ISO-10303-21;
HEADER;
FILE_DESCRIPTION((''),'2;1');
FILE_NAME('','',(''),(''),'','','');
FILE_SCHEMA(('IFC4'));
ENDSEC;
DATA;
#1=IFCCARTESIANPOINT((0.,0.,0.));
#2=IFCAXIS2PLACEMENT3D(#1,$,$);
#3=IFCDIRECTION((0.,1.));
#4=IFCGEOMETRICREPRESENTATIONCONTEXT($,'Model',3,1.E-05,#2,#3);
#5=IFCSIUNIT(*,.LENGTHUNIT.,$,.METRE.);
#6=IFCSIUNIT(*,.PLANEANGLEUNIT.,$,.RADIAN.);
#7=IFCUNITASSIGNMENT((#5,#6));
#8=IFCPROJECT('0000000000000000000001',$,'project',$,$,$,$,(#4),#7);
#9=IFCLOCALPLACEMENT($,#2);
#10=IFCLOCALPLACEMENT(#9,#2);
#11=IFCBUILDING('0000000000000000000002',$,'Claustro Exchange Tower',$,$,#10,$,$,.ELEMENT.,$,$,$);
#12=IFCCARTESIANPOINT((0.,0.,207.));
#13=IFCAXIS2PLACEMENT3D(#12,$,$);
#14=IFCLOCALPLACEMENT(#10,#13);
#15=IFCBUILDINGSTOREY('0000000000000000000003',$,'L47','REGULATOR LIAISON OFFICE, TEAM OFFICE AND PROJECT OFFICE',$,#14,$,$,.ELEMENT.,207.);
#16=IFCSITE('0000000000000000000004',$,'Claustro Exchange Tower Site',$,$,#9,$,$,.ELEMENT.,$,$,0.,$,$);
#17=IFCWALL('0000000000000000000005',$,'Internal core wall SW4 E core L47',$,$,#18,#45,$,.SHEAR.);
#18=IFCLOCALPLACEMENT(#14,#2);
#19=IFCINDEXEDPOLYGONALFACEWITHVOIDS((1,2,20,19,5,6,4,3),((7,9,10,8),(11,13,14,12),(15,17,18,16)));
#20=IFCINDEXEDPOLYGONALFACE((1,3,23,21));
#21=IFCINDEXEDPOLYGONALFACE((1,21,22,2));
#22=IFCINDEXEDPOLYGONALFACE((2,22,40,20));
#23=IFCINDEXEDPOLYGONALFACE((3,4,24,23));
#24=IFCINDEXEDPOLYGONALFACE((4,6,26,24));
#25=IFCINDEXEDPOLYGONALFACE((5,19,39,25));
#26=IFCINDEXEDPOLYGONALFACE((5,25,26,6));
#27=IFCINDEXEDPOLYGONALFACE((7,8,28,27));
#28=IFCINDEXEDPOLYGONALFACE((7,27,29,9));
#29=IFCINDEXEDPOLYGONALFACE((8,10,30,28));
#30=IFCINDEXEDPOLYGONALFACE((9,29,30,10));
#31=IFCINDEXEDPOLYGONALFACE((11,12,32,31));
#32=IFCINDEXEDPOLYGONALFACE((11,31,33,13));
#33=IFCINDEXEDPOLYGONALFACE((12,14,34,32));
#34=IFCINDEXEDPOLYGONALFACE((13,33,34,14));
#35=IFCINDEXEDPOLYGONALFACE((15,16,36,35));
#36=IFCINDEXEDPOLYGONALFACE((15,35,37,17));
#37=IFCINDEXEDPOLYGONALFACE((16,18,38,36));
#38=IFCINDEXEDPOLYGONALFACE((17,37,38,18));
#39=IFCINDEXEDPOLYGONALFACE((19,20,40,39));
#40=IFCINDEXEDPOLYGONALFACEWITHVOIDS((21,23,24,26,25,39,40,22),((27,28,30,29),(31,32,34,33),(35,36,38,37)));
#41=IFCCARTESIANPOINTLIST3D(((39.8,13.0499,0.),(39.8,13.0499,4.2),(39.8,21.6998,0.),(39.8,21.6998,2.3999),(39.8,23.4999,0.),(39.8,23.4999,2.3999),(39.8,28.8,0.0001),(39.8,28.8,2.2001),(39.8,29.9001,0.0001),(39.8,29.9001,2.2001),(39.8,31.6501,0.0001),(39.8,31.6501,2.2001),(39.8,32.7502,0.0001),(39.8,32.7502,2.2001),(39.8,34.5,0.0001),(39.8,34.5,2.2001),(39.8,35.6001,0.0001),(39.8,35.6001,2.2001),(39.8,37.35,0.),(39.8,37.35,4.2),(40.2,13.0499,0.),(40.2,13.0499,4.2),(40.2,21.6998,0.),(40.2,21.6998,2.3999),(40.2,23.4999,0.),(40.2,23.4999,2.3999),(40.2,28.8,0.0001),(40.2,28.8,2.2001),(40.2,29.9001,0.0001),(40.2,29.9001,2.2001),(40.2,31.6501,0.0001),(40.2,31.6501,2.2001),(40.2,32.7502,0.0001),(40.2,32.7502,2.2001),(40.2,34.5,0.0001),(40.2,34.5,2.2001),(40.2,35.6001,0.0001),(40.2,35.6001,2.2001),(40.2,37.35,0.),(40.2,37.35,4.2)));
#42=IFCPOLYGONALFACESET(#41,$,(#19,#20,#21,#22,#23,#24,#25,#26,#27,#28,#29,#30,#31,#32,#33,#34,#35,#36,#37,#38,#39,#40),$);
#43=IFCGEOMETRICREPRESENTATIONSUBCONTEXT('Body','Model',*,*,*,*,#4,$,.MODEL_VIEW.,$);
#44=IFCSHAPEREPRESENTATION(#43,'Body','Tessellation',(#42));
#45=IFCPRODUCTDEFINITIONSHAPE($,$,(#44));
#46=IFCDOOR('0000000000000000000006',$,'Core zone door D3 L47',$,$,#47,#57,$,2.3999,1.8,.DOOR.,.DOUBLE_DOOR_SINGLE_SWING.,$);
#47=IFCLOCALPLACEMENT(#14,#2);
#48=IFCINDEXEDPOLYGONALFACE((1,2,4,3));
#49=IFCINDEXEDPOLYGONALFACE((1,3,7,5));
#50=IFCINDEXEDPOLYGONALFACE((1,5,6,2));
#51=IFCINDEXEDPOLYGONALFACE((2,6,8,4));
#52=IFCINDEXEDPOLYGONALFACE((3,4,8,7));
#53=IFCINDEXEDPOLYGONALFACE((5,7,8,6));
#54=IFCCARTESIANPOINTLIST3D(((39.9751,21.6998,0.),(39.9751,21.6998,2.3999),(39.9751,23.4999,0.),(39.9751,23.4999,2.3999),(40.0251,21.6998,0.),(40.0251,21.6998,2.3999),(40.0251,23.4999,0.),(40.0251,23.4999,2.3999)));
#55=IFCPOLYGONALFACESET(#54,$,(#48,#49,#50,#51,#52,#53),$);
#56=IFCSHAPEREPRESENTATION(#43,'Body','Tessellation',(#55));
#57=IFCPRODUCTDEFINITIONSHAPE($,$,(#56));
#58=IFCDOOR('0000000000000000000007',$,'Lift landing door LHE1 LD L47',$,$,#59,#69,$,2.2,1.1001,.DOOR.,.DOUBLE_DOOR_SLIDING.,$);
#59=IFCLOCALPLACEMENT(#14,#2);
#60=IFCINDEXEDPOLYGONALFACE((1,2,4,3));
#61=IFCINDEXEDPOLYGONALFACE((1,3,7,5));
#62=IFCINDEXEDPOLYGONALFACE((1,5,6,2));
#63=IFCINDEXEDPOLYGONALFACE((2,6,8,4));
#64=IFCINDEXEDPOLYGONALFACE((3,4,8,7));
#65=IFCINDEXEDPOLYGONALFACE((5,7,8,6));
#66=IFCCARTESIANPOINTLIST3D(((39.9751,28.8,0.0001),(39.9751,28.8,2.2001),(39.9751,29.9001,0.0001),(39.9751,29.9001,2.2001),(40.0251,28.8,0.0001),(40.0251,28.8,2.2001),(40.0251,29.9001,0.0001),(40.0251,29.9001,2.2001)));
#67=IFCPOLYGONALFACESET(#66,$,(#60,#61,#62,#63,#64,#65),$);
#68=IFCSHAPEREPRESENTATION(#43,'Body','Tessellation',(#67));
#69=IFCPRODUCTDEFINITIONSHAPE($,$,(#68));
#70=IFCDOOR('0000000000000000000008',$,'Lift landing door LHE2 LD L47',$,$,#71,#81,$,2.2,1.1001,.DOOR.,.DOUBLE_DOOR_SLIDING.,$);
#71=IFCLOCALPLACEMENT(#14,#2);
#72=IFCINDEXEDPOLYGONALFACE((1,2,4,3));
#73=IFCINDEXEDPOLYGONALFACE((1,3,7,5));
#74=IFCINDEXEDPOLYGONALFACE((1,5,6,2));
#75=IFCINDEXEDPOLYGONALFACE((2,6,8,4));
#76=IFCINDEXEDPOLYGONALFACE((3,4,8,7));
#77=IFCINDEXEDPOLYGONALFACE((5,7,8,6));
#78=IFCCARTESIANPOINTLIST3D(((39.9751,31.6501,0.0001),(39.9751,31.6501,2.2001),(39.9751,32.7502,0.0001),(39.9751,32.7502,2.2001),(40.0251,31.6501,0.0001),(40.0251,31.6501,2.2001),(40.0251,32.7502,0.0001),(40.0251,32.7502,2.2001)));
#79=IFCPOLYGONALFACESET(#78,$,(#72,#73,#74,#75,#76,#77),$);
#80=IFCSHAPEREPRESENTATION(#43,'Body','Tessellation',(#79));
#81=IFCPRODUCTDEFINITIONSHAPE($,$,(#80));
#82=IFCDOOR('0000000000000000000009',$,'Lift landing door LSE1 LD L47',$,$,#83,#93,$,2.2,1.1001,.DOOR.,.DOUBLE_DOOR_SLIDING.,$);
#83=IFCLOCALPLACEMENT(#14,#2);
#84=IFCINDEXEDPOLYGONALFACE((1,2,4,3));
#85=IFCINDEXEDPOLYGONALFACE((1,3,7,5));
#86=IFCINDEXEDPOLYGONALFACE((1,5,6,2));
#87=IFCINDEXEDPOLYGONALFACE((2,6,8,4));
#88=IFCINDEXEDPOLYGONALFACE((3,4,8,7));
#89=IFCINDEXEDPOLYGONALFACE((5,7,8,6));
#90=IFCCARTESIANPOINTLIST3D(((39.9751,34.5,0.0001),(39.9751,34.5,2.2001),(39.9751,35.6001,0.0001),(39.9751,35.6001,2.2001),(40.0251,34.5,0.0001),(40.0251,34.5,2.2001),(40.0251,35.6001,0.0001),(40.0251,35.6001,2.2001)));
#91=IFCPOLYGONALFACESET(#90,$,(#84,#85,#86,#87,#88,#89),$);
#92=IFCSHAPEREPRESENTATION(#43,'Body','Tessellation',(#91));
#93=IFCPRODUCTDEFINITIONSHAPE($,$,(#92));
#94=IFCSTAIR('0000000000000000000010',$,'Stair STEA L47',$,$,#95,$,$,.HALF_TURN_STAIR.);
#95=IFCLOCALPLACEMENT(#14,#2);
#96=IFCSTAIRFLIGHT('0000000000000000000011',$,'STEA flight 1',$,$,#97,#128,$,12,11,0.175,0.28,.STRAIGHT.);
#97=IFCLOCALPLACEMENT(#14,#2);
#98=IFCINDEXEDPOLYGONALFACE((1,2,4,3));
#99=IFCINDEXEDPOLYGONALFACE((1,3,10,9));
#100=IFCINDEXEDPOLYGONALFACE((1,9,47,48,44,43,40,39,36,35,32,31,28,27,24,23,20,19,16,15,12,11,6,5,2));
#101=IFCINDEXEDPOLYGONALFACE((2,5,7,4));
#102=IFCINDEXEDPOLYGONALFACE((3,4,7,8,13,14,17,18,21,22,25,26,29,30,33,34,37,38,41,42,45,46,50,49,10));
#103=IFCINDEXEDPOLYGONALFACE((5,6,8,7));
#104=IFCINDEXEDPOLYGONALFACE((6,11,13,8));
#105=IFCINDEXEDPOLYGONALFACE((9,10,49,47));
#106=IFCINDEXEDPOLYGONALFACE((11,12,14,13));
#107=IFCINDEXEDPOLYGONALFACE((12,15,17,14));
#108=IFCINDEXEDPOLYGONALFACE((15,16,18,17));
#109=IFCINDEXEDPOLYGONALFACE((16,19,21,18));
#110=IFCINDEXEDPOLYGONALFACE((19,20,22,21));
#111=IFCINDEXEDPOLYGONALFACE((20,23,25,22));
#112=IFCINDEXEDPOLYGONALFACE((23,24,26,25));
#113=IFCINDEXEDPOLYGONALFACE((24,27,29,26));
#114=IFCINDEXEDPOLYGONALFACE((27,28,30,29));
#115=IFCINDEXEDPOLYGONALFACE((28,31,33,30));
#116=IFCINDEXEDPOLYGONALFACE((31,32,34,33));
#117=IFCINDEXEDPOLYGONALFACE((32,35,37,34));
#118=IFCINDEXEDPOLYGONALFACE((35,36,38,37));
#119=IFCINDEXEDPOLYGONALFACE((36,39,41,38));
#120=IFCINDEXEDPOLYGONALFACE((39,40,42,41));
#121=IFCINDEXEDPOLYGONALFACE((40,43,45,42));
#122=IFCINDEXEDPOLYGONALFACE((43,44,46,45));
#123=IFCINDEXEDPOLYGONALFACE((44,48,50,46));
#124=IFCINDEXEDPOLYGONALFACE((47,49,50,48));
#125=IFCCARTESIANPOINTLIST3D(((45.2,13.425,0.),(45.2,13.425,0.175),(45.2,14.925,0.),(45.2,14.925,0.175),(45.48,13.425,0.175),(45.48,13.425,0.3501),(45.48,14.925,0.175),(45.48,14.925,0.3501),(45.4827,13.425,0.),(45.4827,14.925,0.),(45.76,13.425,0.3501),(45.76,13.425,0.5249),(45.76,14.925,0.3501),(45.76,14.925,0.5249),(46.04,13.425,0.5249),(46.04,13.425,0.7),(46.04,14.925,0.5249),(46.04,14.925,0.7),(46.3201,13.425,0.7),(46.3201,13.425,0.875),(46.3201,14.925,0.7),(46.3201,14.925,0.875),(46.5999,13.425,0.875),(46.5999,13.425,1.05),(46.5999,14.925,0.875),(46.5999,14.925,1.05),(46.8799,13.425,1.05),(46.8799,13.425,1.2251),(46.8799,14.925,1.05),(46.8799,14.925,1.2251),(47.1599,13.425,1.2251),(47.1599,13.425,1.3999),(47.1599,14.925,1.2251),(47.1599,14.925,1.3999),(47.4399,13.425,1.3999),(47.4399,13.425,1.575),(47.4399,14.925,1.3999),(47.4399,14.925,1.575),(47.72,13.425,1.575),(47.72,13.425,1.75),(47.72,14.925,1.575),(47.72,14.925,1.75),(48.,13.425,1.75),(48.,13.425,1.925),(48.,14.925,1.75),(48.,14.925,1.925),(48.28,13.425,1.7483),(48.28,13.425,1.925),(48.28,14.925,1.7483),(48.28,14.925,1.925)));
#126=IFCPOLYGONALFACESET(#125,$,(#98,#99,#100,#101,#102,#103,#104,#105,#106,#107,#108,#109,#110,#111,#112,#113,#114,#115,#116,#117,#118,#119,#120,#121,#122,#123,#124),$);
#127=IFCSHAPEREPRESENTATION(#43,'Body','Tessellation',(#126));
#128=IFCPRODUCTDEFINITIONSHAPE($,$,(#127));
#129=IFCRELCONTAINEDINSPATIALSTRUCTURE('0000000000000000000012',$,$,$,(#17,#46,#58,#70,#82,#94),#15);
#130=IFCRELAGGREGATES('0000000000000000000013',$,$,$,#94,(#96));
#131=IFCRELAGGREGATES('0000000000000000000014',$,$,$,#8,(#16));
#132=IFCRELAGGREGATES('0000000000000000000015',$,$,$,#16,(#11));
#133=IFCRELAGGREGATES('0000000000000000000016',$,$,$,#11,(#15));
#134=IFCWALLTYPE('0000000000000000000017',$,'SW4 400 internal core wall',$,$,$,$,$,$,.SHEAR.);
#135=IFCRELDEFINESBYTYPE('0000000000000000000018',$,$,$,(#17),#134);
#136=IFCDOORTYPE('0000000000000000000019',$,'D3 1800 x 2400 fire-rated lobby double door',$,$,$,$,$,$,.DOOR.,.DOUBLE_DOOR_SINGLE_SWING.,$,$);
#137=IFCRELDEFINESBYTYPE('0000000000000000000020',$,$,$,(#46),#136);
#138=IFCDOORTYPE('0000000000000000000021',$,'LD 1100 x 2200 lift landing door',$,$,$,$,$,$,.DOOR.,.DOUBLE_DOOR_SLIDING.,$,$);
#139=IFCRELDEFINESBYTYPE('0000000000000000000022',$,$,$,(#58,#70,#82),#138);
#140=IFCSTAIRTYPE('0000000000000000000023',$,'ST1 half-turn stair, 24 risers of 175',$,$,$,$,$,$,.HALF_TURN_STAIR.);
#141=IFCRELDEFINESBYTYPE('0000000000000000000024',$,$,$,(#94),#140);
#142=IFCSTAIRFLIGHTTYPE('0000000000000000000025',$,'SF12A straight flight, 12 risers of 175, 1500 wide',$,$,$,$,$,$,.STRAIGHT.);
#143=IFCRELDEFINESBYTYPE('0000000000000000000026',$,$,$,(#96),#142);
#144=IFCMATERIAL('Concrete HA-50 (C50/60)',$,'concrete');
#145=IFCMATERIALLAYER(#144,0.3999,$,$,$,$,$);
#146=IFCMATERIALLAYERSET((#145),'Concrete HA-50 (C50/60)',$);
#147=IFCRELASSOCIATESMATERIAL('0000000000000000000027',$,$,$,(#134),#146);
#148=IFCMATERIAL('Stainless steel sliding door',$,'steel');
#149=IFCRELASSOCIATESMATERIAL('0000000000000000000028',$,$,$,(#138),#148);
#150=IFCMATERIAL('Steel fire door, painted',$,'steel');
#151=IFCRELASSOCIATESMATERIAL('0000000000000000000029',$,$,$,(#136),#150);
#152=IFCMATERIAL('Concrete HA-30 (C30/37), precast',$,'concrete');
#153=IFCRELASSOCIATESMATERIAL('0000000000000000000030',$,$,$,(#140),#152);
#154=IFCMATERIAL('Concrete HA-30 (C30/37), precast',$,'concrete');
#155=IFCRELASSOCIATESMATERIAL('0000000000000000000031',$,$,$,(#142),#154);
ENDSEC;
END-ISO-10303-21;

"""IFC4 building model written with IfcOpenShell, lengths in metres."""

from ifc_helpers import new_model, si_unit, direction, frame, frame_2d, origin, place, context, subcontext, project, spatial, polyline, rectangle, outline, extrude, material, layer, layer_set, type_object, element, fill, aggregate, save


model = new_model("IFC4")

# Units and contexts
model_context = context("Model", 3, precision=1e-05, world=origin(), true_north=direction((0.0, 1.0)))
body_context = subcontext(model_context, "Body", "Model", "MODEL_VIEW")
ifc_project = project(units=[si_unit("LENGTHUNIT", "METRE"), si_unit("PLANEANGLEUNIT", "RADIAN")], contexts=[model_context])

# Site, building, storey
site_placement = place(None, origin())
site = spatial("IfcSite", under=ifc_project, at=site_placement, Name="Claustro Exchange Tower Site", CompositionType="ELEMENT", RefElevation=0.0)
building_placement = place(site_placement, origin())
building = spatial("IfcBuilding", under=site, at=building_placement, Name="Claustro Exchange Tower", CompositionType="ELEMENT")
storey_placement = place(building_placement, frame((0.0, 0.0, 207.0)))
storey = spatial("IfcBuildingStorey", under=building, at=storey_placement, Name="L47", Description="REGULATOR LIAISON OFFICE, TEAM OFFICE AND PROJECT OFFICE", CompositionType="ELEMENT", Elevation=207.0)

# Wall, openings, doors
ifc_material_1 = material(Name="Concrete HA-50 (C50/60)", Category="concrete")
ifc_layer_1 = layer(ifc_material_1, 0.3999)
ifc_layer_set_1 = layer_set([ifc_layer_1], Name="Concrete HA-50 (C50/60)")
wall_type_1 = type_object("IfcWallType", Name="SW4 400 internal core wall", PredefinedType="SHEAR", material=ifc_layer_set_1)
ifc_material_2 = material(Name="Stainless steel sliding door", Category="steel")
door_type_1 = type_object("IfcDoorType", Name="LD 1100 x 2200 lift landing door", OperationType="DOUBLE_DOOR_SLIDING", PredefinedType="DOOR", material=ifc_material_2)
wall_1_placement = place(storey_placement, frame((40.0, 13.05, 0.0), z_axis=(0.0, 0.0, 1.0), x_axis=(0.0, 1.0, 0.0)))
wall_1 = element("IfcWall", 1, at=wall_1_placement, inside=storey, type_object=wall_type_1, Name="Internal core wall SW4 E core L47", PredefinedType="SHEAR", context=body_context, shape_type="SweptSolid", body=[
    extrude(rectangle(XDim=24.3, YDim=0.3999, at=frame_2d((12.1499, 0.0))), origin(), (0.0, 0.0, 1.0), 4.2),
])
opening_1_placement = place(wall_1_placement, frame((15.75, 0.0, 0.0)))
opening_1 = element("IfcOpeningElement", 2, at=opening_1_placement, cuts=wall_1, PredefinedType="OPENING", context=body_context, shape_type="SweptSolid", body=[
    extrude(rectangle(XDim=1.1001, YDim=2.2, at=frame_2d((0.55, 1.1001))), frame((0.0, 0.21, 0.0), z_axis=(0.0, -1.0, 0.0), x_axis=(1.0, 0.0, 0.0)), (0.0, 0.0, 1.0), 0.4199),
])
opening_2_placement = place(wall_1_placement, frame((18.6001, 0.0, 0.0)))
opening_2 = element("IfcOpeningElement", 3, at=opening_2_placement, cuts=wall_1, PredefinedType="OPENING", context=body_context, shape_type="SweptSolid", body=[
    extrude(rectangle(XDim=1.1001, YDim=2.2, at=frame_2d((0.55, 1.1001))), frame((0.0, 0.21, 0.0), z_axis=(0.0, -1.0, 0.0), x_axis=(1.0, 0.0, 0.0)), (0.0, 0.0, 1.0), 0.4199),
])
opening_3_placement = place(wall_1_placement, frame((21.45, 0.0, 0.0)))
opening_3 = element("IfcOpeningElement", 4, at=opening_3_placement, cuts=wall_1, PredefinedType="OPENING", context=body_context, shape_type="SweptSolid", body=[
    extrude(rectangle(XDim=1.1001, YDim=2.2, at=frame_2d((0.55, 1.1001))), frame((0.0, 0.21, 0.0), z_axis=(0.0, -1.0, 0.0), x_axis=(1.0, 0.0, 0.0)), (0.0, 0.0, 1.0), 0.4199),
])
opening_4_placement = place(wall_1_placement, frame((8.6499, 0.0, 0.0)))
opening_4 = element("IfcOpeningElement", 5, at=opening_4_placement, cuts=wall_1, PredefinedType="OPENING", context=body_context, shape_type="SweptSolid", body=[
    extrude(rectangle(XDim=1.8, YDim=2.3999, at=frame_2d((0.8999, 1.2))), frame((0.0, 0.21, 0.0), z_axis=(0.0, -1.0, 0.0), x_axis=(1.0, 0.0, 0.0)), (0.0, 0.0, 1.0), 0.4199),
])
ifc_material_3 = material(Name="Steel fire door, painted", Category="steel")
door_type_2 = type_object("IfcDoorType", Name="D3 1800 x 2400 fire-rated lobby double door", OperationType="DOUBLE_DOOR_SINGLE_SWING", PredefinedType="DOOR", material=ifc_material_3)
door_1_placement = place(opening_4_placement, origin())
door_1 = element("IfcDoor", 6, at=door_1_placement, inside=storey, type_object=door_type_2, Name="Core zone door D3 L47", OperationType="DOUBLE_DOOR_SINGLE_SWING", OverallHeight=2.3999, OverallWidth=1.8, PredefinedType="DOOR", context=body_context, shape_type="SweptSolid", body=[
    extrude(rectangle(XDim=1.8, YDim=2.3999, at=frame_2d((0.8999, 1.2))), frame((0.0, 0.0249, 0.0), z_axis=(0.0, -1.0, 0.0), x_axis=(1.0, 0.0, 0.0)), (0.0, 0.0, 1.0), 0.05),
])
fill(opening_4, door_1)
door_2_placement = place(opening_1_placement, origin())
door_2 = element("IfcDoor", 7, at=door_2_placement, inside=storey, type_object=door_type_1, Name="Lift landing door LHE1 LD L47", OperationType="DOUBLE_DOOR_SLIDING", OverallHeight=2.2, OverallWidth=1.1001, PredefinedType="DOOR", context=body_context, shape_type="SweptSolid", body=[
    extrude(rectangle(XDim=1.1001, YDim=2.2, at=frame_2d((0.55, 1.1001))), frame((0.0, 0.0249, 0.0), z_axis=(0.0, -1.0, 0.0), x_axis=(1.0, 0.0, 0.0)), (0.0, 0.0, 1.0), 0.05),
])
fill(opening_1, door_2)
door_3_placement = place(opening_2_placement, origin())
door_3 = element("IfcDoor", 8, at=door_3_placement, inside=storey, type_object=door_type_1, Name="Lift landing door LHE2 LD L47", OperationType="DOUBLE_DOOR_SLIDING", OverallHeight=2.2, OverallWidth=1.1001, PredefinedType="DOOR", context=body_context, shape_type="SweptSolid", body=[
    extrude(rectangle(XDim=1.1001, YDim=2.2, at=frame_2d((0.55, 1.1001))), frame((0.0, 0.0249, 0.0), z_axis=(0.0, -1.0, 0.0), x_axis=(1.0, 0.0, 0.0)), (0.0, 0.0, 1.0), 0.05),
])
fill(opening_2, door_3)
door_4_placement = place(opening_3_placement, origin())
door_4 = element("IfcDoor", 9, at=door_4_placement, inside=storey, type_object=door_type_1, Name="Lift landing door LSE1 LD L47", OperationType="DOUBLE_DOOR_SLIDING", OverallHeight=2.2, OverallWidth=1.1001, PredefinedType="DOOR", context=body_context, shape_type="SweptSolid", body=[
    extrude(rectangle(XDim=1.1001, YDim=2.2, at=frame_2d((0.55, 1.1001))), frame((0.0, 0.0249, 0.0), z_axis=(0.0, -1.0, 0.0), x_axis=(1.0, 0.0, 0.0)), (0.0, 0.0, 1.0), 0.05),
])
fill(opening_3, door_4)

# Stair, stair flight
ifc_material_4 = material(Name="Concrete HA-30 (C30/37), precast", Category="concrete")
stair_type = type_object("IfcStairType", Name="ST1 half-turn stair, 24 risers of 175", PredefinedType="HALF_TURN_STAIR", material=ifc_material_4)
stair_placement = place(storey_placement, origin())
stair = element("IfcStair", 10, at=stair_placement, inside=storey, type_object=stair_type, Name="Stair STEA L47", PredefinedType="HALF_TURN_STAIR")
ifc_material_5 = material(Name="Concrete HA-30 (C30/37), precast", Category="concrete")
stair_flight_type = type_object("IfcStairFlightType", Name="SF12A straight flight, 12 risers of 175, 1500 wide", PredefinedType="STRAIGHT", material=ifc_material_5)
stair_flight_placement = place(storey_placement, frame((45.2, 14.175, 0.0), z_axis=(0.0, 0.0, 1.0), x_axis=(1.0, 0.0, 0.0)))
stair_flight = element("IfcStairFlight", 11, at=stair_flight_placement, type_object=stair_flight_type, Name="STEA flight 1", NumberOfRisers=12, NumberOfTreads=11, PredefinedType="STRAIGHT", RiserHeight=0.175, TreadLength=0.28, context=body_context, shape_type="SweptSolid", body=[
    extrude(outline(polyline([(0.0, 0.0), (0.0, 0.175), (0.28, 0.175), (0.28, 0.3501), (0.5601, 0.3501), (0.5601, 0.5249), (0.8401, 0.5249), (0.8401, 0.7), (1.1201, 0.7), (1.1201, 0.875), (1.3999, 0.875), (1.3999, 1.05), (1.6799, 1.05), (1.6799, 1.2251), (1.96, 1.2251), (1.96, 1.3999), (2.24, 1.3999), (2.24, 1.575), (2.52, 1.575), (2.52, 1.75), (2.8, 1.75), (2.8, 1.925), (3.0801, 1.925), (3.0801, 2.1001), (3.0801, 1.7483), (0.2827, 0.0), (0.0, 0.0)])), frame((0.0, 0.75, 0.0), z_axis=(0.0, -1.0, 0.0), x_axis=(1.0, 0.0, 0.0)), (0.0, 0.0, 1.0), 1.5),
])
aggregate(stair, [stair_flight])

save(model, "model.ifc")
